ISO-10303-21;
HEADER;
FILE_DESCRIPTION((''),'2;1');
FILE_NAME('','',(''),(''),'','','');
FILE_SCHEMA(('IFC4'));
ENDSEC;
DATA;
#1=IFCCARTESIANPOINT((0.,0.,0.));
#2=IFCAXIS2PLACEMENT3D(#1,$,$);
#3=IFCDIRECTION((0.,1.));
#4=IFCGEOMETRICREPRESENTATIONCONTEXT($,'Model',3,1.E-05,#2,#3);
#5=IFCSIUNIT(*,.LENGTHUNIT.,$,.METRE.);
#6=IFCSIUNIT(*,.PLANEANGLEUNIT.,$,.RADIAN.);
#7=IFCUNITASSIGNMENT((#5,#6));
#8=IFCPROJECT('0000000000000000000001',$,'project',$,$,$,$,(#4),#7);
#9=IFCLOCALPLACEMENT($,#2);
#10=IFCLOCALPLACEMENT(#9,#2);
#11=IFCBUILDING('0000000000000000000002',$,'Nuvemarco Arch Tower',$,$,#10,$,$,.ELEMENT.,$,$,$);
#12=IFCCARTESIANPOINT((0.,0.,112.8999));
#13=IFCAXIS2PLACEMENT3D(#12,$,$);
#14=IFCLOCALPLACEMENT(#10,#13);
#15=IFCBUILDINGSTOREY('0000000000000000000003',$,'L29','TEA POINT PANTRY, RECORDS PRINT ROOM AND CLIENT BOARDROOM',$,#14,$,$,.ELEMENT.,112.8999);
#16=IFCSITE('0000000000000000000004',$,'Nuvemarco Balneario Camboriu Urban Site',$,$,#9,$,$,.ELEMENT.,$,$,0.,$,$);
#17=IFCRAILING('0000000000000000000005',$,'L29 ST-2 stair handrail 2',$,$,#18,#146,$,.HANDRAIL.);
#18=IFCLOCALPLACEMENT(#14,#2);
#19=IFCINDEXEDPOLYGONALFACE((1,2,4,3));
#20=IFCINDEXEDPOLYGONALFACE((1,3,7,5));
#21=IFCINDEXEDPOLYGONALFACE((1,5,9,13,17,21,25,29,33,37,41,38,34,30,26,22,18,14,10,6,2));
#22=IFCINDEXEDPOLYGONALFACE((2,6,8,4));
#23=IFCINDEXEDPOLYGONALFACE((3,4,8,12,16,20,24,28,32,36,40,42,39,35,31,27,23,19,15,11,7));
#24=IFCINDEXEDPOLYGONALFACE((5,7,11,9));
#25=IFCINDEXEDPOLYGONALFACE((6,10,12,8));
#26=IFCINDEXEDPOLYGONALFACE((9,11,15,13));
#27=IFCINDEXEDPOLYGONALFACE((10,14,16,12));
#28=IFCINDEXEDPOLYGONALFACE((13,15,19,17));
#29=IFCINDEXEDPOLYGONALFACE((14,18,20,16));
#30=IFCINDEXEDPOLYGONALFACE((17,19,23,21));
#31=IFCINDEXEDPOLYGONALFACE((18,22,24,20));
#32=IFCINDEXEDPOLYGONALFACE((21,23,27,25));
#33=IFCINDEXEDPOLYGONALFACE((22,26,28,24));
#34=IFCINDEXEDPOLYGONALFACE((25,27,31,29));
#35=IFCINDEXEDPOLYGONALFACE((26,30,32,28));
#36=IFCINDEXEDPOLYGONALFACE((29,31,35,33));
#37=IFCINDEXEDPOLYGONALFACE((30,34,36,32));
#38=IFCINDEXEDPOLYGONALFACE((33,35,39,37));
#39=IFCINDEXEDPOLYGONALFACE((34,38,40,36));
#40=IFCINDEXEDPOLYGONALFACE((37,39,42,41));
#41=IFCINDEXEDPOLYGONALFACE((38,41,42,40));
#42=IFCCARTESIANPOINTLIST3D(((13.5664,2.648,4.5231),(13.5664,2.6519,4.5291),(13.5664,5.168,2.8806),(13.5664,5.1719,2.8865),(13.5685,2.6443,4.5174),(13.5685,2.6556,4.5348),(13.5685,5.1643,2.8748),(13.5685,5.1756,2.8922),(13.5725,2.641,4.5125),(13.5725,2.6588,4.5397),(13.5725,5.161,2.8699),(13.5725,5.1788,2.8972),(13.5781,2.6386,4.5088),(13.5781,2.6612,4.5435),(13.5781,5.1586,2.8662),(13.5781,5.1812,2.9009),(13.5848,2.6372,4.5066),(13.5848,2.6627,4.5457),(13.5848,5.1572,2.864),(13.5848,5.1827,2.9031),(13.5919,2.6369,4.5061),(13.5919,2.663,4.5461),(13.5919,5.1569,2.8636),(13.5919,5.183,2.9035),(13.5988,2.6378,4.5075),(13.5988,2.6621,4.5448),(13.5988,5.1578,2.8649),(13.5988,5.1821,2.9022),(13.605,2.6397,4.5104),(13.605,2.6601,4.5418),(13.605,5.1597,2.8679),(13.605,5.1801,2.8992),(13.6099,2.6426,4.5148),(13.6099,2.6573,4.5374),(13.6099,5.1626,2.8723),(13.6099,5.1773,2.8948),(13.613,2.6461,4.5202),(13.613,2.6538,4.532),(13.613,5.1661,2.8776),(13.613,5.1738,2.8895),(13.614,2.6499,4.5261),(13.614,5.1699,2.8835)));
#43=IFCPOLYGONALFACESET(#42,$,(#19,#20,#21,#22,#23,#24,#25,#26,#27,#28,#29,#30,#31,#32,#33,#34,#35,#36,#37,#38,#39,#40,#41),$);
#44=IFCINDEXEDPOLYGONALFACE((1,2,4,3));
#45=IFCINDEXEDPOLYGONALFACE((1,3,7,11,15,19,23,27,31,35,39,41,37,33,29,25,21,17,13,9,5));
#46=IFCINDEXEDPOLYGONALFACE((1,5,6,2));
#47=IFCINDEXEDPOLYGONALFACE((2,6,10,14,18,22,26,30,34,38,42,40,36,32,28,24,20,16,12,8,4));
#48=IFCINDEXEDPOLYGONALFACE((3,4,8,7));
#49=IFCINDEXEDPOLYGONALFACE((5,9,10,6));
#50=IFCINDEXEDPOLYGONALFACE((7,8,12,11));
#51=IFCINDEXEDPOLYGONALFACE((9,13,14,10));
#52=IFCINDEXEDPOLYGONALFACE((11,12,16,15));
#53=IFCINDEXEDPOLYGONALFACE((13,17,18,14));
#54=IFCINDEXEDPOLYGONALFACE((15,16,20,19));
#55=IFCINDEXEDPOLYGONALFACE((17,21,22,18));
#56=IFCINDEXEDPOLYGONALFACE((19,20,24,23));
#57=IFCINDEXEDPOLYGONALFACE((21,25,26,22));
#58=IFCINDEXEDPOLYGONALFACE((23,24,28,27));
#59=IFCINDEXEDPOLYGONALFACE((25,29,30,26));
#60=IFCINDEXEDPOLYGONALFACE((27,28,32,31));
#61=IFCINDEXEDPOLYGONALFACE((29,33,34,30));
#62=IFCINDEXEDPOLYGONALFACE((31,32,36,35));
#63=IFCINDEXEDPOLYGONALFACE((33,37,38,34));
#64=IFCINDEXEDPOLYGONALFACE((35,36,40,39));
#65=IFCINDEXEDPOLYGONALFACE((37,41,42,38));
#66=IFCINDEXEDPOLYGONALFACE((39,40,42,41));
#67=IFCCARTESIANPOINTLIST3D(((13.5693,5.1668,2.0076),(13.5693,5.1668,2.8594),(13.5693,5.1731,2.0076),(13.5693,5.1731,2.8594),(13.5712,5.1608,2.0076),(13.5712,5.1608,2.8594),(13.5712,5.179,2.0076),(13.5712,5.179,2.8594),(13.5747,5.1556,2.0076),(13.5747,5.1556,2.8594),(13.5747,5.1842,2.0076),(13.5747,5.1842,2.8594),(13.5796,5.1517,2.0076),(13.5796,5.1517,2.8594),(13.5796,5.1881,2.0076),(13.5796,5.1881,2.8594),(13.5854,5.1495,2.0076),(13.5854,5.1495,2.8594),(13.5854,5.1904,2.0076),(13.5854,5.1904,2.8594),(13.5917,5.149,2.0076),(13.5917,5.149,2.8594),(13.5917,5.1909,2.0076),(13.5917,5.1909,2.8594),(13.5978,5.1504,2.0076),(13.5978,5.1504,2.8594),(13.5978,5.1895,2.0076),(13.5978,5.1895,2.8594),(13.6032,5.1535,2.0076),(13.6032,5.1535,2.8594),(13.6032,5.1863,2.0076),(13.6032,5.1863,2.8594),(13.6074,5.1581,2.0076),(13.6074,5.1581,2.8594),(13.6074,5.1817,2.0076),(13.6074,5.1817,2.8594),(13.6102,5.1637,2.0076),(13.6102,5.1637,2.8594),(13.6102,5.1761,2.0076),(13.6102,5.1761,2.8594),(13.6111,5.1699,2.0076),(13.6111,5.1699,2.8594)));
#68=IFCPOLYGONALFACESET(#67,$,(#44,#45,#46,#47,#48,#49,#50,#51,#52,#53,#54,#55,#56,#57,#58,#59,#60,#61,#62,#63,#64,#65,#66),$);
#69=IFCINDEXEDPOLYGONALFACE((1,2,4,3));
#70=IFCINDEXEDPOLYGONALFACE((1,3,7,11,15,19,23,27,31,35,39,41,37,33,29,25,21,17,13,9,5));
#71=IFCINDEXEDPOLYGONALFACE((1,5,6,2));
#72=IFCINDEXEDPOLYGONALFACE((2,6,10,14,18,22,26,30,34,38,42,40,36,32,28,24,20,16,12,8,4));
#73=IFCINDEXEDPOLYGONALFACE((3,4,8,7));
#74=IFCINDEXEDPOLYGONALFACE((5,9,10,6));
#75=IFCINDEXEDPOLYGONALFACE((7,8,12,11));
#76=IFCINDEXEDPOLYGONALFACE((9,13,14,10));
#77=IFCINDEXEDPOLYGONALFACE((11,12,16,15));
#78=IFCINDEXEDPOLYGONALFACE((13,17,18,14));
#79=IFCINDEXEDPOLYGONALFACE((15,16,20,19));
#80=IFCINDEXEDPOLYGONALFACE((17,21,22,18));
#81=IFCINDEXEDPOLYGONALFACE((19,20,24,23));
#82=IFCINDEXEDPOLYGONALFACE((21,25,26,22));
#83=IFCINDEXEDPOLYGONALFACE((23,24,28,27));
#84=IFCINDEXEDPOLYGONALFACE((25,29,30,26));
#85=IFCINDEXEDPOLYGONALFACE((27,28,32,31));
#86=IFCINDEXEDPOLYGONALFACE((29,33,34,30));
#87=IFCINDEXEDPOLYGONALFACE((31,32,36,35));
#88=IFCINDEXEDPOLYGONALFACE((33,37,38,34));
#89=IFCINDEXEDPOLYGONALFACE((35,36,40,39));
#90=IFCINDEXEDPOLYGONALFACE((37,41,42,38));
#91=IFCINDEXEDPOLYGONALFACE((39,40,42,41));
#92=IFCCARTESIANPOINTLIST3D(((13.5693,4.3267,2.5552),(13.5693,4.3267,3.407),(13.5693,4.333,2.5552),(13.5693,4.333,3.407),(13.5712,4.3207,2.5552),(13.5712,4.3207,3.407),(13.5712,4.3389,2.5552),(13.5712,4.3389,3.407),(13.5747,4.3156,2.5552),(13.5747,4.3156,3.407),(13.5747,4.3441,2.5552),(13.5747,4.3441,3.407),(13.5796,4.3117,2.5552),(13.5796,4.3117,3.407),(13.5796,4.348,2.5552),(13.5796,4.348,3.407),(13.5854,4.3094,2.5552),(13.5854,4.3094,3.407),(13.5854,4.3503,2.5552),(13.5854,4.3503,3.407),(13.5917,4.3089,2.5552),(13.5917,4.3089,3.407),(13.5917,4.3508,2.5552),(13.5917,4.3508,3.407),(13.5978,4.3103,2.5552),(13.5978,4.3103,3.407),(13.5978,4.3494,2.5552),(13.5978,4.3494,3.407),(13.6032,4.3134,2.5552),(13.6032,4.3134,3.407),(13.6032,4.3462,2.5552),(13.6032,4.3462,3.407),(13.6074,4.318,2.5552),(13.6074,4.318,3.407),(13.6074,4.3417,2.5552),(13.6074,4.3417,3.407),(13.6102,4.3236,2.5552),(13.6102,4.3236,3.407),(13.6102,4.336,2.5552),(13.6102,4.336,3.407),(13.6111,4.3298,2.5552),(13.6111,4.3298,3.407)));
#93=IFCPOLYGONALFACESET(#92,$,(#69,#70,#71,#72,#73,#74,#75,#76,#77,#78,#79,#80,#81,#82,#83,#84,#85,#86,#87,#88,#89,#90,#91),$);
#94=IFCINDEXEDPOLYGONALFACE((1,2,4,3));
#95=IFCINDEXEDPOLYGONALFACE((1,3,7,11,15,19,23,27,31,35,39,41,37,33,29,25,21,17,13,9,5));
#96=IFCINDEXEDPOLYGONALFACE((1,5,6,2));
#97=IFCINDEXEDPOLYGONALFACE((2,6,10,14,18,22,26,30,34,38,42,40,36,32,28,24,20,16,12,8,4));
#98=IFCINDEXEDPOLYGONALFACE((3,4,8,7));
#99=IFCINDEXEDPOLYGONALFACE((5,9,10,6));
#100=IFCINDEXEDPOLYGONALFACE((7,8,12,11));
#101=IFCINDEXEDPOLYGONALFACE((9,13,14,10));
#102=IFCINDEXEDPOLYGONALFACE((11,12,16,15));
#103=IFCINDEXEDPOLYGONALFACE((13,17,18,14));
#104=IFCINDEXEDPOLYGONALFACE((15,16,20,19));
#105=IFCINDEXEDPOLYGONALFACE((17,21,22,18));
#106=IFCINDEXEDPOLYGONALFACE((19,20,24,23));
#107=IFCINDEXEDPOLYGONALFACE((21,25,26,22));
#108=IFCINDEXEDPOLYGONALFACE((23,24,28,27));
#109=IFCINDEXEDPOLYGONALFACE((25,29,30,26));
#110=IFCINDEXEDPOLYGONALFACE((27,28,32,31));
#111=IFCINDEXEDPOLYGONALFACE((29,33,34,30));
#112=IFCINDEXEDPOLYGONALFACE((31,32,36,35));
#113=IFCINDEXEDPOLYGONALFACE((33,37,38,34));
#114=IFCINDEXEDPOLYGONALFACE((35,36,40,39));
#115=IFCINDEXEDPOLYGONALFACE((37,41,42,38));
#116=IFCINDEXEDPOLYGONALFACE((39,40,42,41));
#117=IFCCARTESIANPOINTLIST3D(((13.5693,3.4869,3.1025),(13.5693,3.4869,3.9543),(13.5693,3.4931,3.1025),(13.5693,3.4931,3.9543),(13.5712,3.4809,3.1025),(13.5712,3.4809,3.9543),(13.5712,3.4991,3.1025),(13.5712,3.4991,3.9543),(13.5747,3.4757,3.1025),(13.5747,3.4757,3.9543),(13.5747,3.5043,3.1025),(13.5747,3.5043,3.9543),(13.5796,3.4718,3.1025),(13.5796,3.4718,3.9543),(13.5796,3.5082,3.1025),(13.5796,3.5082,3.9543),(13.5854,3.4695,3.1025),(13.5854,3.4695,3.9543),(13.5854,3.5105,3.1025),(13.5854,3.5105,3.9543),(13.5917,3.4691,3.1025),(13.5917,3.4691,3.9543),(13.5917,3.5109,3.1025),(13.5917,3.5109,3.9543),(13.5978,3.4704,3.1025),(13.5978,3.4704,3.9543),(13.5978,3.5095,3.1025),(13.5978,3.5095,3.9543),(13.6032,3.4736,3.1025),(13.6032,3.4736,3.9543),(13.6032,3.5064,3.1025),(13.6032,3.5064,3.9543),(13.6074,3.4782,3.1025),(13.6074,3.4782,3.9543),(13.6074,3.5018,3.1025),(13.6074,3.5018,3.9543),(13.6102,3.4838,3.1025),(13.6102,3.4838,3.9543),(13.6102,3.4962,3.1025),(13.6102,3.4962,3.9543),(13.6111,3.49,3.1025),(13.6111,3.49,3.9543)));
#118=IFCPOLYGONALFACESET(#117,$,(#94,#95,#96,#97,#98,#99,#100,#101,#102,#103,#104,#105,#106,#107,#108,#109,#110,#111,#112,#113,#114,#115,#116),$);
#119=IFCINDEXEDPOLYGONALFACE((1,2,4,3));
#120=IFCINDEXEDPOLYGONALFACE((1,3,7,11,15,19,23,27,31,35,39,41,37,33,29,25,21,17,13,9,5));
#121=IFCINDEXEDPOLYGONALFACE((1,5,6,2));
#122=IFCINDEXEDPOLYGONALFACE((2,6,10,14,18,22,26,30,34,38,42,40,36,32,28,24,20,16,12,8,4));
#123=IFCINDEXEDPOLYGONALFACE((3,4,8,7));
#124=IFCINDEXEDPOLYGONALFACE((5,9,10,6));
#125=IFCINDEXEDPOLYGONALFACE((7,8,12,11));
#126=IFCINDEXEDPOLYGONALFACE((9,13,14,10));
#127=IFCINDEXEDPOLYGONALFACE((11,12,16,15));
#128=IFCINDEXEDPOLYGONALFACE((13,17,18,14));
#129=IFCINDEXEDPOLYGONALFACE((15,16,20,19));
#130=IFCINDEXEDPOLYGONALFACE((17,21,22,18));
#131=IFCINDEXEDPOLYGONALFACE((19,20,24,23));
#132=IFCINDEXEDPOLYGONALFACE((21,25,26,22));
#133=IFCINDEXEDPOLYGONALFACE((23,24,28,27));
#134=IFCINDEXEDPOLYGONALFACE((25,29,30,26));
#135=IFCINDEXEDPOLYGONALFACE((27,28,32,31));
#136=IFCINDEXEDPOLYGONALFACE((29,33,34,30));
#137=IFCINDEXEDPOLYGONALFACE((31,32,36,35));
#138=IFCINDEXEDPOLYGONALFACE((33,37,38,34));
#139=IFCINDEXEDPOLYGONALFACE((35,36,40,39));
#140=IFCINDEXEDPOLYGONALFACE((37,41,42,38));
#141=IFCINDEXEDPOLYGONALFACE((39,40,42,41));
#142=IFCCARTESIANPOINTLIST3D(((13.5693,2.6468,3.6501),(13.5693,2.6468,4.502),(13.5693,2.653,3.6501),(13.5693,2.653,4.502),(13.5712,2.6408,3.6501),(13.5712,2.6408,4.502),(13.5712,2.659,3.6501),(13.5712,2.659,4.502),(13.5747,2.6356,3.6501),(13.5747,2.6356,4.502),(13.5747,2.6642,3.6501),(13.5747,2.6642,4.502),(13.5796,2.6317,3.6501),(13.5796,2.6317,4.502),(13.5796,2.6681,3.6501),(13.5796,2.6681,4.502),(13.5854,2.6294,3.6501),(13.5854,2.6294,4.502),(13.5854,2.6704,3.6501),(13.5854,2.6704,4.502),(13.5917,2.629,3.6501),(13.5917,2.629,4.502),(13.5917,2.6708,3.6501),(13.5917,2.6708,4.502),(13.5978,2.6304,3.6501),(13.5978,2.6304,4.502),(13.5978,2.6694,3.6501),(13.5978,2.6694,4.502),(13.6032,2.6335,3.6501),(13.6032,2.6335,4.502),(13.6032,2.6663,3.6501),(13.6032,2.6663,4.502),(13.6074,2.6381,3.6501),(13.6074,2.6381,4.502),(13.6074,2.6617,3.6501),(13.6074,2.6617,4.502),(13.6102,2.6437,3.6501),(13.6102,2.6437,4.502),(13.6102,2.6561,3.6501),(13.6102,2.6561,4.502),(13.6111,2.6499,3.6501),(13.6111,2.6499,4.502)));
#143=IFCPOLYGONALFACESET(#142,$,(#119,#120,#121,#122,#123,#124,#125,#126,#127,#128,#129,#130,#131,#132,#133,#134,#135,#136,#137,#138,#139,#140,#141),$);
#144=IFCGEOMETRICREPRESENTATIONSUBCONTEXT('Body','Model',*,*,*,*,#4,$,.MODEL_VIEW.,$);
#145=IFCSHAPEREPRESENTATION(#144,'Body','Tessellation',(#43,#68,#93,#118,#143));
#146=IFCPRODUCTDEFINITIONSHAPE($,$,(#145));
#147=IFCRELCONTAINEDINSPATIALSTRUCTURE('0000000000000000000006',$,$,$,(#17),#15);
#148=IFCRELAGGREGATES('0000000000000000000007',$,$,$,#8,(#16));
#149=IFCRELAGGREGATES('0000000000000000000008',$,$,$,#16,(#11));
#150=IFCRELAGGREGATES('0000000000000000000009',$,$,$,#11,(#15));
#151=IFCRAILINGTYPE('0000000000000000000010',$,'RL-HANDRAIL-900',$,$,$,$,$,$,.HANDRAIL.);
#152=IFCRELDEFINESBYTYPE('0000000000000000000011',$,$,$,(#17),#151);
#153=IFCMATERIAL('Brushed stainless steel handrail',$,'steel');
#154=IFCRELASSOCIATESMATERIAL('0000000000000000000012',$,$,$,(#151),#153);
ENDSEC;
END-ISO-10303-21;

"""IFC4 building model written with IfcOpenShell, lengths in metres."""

from ifc_helpers import new_model, si_unit, direction, frame, origin, origin_2d, place, context, subcontext, project, spatial, circle, extrude, material, type_object, element, save


model = new_model("IFC4")

# Units and contexts
model_context = context("Model", 3, precision=1e-05, world=origin(), true_north=direction((0.0, 1.0)))
body_context = subcontext(model_context, "Body", "Model", "MODEL_VIEW")
ifc_project = project(units=[si_unit("LENGTHUNIT", "METRE"), si_unit("PLANEANGLEUNIT", "RADIAN")], contexts=[model_context])

# Site, building, storey
site_placement = place(None, origin())
site = spatial("IfcSite", under=ifc_project, at=site_placement, Name="Nuvemarco Balneario Camboriu Urban Site", CompositionType="ELEMENT", RefElevation=0.0)
building_placement = place(site_placement, origin())
building = spatial("IfcBuilding", under=site, at=building_placement, Name="Nuvemarco Arch Tower", CompositionType="ELEMENT")
storey_placement = place(building_placement, frame((0.0, 0.0, 112.8999)))
storey = spatial("IfcBuildingStorey", under=building, at=storey_placement, Name="L29", Description="TEA POINT PANTRY, RECORDS PRINT ROOM AND CLIENT BOARDROOM", CompositionType="ELEMENT", Elevation=112.8999)

# Railing
ifc_material_1 = material(Name="Brushed stainless steel handrail", Category="steel")
railing_type_1 = type_object("IfcRailingType", Name="RL-HANDRAIL-900", PredefinedType="HANDRAIL", material=ifc_material_1)
railing_1_placement = place(storey_placement, frame((13.5901, 5.1699, 2.0076)))
element("IfcRailing", 1, at=railing_1_placement, inside=storey, type_object=railing_type_1, Name="L29 ST-2 stair handrail 2", PredefinedType="HANDRAIL", context=body_context, shape_type="SweptSolid", body=[
    extrude(circle(Radius=0.0239, at=origin_2d()), frame((0.0, 0.0, 0.876), z_axis=(0.0, -0.837749, 0.546055), x_axis=(1.0, 0.0, 0.0)), (0.0, 0.0, 1.0), 3.0081),
    extrude(circle(Radius=0.021, at=origin_2d()), origin(), (0.0, 0.0, 1.0), 0.8518),
    extrude(circle(Radius=0.021, at=origin_2d()), frame((0.0, -0.8401, 0.5476)), (0.0, 0.0, 1.0), 0.8518),
    extrude(circle(Radius=0.021, at=origin_2d()), frame((0.0, -1.6799, 1.095)), (0.0, 0.0, 1.0), 0.8518),
    extrude(circle(Radius=0.021, at=origin_2d()), frame((0.0, -2.52, 1.6426)), (0.0, 0.0, 1.0), 0.8518),
])

save(model, "model.ifc")
